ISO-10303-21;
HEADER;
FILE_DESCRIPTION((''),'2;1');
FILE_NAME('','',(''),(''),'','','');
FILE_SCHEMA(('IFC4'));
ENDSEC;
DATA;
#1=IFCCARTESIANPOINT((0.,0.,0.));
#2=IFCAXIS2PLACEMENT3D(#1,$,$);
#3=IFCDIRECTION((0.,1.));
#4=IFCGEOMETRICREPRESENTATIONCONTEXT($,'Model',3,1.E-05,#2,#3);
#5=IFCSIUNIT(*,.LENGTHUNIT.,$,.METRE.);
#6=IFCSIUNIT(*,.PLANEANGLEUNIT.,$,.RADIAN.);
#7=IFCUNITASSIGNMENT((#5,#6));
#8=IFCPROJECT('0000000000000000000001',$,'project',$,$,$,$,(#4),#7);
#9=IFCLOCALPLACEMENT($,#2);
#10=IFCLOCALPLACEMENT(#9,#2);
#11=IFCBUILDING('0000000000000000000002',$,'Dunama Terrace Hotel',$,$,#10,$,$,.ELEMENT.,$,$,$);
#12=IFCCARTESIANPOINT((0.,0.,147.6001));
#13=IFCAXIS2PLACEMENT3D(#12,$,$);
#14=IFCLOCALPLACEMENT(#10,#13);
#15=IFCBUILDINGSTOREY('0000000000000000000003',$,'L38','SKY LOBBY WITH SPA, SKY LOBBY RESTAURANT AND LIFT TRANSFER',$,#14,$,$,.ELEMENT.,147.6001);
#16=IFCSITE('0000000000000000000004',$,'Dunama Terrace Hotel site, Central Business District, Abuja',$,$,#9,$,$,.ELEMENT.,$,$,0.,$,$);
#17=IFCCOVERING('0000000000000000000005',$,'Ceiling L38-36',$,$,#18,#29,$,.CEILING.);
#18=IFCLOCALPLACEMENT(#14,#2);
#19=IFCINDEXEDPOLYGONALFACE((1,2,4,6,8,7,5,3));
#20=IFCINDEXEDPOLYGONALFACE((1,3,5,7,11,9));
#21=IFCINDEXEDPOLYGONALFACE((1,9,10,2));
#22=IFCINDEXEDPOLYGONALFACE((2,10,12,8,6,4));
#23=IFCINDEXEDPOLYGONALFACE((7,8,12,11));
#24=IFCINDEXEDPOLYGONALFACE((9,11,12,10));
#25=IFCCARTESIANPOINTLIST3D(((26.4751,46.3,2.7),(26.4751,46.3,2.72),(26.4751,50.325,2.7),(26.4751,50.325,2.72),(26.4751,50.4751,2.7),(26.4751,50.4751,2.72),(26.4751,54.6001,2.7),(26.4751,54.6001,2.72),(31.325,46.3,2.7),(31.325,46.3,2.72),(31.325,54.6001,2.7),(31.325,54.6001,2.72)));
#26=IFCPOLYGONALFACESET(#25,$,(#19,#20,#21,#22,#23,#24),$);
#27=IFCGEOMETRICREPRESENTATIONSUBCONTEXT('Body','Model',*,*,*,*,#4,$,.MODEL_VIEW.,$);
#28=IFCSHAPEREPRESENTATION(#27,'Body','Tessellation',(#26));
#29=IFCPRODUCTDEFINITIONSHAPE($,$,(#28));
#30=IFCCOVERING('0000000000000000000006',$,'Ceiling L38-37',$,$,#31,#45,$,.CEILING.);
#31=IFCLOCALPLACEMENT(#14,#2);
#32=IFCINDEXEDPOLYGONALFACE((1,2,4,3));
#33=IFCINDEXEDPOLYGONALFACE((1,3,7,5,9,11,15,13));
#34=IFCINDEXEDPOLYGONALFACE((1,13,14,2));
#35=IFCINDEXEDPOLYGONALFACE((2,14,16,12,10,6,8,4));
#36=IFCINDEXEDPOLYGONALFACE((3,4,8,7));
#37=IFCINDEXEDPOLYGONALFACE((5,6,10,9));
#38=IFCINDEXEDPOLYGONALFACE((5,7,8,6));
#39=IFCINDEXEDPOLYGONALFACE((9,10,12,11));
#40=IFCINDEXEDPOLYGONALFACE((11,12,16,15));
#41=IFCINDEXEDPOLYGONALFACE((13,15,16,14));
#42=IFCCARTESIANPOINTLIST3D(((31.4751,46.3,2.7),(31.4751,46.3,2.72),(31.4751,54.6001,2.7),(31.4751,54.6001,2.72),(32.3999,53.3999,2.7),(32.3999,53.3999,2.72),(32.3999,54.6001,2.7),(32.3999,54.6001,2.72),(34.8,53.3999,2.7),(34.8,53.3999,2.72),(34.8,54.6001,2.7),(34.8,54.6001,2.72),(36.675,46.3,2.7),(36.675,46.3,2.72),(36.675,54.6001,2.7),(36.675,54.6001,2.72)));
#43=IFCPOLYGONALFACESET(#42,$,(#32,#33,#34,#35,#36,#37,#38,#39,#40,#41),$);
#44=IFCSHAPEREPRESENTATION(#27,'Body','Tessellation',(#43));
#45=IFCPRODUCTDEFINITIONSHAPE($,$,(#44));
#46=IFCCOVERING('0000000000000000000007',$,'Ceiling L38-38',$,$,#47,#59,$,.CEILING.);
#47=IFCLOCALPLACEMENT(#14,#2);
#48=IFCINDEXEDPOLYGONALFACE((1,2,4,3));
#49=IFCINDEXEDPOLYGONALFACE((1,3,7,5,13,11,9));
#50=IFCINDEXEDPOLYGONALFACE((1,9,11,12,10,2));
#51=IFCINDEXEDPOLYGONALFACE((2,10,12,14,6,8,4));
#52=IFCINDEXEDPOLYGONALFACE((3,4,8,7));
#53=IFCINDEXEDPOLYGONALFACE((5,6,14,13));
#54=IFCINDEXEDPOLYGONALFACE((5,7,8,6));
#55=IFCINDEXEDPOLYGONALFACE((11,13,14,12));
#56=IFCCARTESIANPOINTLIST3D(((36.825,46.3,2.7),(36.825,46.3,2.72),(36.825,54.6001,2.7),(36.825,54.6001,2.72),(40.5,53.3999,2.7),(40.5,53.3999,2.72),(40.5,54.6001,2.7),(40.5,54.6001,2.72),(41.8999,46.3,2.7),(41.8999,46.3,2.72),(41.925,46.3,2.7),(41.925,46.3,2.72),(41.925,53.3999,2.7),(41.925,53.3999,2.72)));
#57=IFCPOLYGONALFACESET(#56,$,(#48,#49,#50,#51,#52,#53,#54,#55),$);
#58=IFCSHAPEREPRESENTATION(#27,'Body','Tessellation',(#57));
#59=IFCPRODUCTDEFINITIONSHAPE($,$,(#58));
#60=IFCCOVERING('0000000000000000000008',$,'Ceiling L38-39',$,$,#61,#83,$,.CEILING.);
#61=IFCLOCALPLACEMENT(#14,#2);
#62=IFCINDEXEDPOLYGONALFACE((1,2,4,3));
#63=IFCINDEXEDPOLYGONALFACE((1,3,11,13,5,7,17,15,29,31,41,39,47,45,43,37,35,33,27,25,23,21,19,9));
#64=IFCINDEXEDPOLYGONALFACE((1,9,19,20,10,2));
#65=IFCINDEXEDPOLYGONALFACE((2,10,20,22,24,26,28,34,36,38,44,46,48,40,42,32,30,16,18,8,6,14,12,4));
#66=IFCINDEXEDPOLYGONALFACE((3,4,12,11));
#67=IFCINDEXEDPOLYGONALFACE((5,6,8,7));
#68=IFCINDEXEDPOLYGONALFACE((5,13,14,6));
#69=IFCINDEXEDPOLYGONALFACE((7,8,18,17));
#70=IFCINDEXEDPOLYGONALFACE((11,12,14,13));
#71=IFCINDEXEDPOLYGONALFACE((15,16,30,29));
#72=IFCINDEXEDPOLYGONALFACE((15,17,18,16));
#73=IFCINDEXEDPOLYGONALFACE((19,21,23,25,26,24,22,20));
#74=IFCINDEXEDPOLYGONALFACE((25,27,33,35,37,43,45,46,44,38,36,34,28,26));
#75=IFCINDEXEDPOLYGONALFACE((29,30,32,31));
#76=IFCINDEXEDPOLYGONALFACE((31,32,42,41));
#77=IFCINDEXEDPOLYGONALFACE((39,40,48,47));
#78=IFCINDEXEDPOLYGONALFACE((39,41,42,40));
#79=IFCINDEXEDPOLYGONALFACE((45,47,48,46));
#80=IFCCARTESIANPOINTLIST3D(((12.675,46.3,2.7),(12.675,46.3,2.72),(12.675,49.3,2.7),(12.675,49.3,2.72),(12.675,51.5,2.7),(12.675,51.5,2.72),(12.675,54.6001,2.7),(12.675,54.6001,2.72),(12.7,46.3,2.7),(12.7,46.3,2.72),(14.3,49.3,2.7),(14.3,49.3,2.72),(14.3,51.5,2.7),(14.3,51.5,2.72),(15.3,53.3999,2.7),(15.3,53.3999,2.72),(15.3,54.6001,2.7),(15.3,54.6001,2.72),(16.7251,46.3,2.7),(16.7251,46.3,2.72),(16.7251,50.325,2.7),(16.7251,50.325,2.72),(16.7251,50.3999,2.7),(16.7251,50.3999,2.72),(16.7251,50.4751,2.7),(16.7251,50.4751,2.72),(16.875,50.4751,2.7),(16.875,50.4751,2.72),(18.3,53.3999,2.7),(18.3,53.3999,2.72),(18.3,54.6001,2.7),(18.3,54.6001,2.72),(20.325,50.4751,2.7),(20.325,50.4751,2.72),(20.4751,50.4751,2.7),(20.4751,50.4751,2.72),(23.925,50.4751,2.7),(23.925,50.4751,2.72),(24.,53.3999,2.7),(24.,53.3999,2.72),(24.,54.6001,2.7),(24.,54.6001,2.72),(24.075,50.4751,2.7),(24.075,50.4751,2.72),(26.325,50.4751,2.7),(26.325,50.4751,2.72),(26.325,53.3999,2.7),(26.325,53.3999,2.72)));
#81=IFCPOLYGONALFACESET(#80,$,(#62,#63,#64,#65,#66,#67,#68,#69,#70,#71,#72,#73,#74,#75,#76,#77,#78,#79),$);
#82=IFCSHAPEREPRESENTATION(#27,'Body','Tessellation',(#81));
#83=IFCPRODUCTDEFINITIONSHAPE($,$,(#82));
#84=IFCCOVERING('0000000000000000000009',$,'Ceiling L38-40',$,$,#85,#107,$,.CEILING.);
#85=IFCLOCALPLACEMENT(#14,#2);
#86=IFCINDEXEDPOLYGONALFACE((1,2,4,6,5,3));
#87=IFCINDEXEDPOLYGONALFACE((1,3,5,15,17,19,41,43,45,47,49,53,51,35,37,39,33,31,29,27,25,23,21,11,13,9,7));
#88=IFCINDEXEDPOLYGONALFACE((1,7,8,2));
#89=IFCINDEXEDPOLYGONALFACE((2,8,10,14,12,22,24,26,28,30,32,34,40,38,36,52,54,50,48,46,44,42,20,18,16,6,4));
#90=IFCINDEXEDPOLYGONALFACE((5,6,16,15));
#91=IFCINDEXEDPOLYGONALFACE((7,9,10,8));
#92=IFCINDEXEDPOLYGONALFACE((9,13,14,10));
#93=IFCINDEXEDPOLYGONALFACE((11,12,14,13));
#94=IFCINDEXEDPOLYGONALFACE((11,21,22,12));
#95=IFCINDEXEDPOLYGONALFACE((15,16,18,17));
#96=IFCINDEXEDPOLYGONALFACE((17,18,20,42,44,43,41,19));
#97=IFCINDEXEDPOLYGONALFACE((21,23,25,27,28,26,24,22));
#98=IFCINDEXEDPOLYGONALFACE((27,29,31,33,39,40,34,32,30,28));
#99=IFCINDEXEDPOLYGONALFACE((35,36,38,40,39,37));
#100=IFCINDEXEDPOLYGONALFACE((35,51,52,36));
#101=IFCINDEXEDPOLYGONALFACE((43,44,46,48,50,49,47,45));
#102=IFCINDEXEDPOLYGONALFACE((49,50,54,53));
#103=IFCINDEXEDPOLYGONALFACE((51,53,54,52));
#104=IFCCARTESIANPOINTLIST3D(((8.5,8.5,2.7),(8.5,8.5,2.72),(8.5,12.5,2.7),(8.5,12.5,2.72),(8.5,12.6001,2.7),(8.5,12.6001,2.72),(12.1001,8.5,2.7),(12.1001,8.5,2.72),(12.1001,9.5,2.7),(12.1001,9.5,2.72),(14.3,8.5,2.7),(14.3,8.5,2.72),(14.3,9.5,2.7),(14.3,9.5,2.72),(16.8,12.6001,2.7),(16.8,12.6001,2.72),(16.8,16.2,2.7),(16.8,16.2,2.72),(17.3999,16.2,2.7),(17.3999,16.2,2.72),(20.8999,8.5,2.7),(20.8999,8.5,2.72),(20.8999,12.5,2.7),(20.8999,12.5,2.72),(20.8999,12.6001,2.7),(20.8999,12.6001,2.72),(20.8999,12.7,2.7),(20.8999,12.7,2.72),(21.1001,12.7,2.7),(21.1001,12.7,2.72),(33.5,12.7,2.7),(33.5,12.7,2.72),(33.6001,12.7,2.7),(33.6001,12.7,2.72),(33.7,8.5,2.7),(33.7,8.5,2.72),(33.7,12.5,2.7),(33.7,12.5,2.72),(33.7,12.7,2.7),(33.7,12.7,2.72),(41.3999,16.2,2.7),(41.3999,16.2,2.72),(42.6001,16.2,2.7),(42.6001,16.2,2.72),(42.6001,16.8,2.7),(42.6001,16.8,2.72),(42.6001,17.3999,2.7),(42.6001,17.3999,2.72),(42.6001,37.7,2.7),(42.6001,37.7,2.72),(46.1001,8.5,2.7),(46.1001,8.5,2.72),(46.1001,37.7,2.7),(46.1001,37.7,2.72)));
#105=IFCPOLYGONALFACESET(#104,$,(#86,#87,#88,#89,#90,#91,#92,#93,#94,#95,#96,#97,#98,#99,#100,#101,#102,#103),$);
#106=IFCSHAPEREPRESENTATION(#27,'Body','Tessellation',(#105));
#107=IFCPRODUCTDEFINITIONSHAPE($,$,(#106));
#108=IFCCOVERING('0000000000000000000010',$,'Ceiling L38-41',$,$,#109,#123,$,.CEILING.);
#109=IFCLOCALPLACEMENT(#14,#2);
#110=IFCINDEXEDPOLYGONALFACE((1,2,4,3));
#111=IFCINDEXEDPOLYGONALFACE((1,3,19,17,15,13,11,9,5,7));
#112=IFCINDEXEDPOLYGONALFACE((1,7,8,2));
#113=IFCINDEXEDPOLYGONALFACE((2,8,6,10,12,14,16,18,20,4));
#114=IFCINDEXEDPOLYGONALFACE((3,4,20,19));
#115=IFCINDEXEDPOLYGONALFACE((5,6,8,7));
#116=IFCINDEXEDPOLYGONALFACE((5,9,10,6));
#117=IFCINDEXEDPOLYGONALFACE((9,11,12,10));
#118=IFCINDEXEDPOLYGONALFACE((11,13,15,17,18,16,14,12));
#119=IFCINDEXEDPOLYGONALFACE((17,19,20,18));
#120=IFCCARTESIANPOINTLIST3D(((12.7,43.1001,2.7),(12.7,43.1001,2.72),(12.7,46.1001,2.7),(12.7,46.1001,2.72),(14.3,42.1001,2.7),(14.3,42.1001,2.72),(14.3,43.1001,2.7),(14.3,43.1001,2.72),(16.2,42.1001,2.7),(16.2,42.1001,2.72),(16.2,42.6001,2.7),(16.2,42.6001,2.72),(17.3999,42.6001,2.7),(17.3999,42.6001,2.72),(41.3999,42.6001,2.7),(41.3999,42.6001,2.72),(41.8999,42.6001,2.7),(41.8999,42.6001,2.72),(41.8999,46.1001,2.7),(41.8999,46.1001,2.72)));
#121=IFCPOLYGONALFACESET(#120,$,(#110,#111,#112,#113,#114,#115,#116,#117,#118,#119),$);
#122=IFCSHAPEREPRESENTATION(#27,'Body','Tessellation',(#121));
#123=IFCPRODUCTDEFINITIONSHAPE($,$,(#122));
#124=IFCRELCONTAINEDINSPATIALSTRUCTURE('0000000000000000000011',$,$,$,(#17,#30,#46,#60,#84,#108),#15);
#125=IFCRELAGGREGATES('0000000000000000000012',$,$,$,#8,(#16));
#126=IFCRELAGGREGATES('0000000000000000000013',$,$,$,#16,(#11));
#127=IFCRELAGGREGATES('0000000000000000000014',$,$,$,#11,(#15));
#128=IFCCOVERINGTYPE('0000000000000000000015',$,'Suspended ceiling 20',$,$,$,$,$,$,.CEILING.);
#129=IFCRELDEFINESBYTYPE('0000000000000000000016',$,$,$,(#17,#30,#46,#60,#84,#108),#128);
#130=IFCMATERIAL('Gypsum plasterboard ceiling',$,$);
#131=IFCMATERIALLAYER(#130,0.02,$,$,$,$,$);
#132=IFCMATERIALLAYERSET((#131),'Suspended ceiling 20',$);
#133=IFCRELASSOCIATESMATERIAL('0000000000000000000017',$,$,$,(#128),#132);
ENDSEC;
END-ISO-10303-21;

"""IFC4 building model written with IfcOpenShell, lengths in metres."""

from ifc_helpers import new_model, si_unit, direction, frame, origin, place, context, subcontext, project, spatial, polyline, outline, extrude, material, layer, layer_set, type_object, element, save


model = new_model("IFC4")

# Units and contexts
model_context = context("Model", 3, precision=1e-05, world=origin(), true_north=direction((0.0, 1.0)))
body_context = subcontext(model_context, "Body", "Model", "MODEL_VIEW")
ifc_project = project(units=[si_unit("LENGTHUNIT", "METRE"), si_unit("PLANEANGLEUNIT", "RADIAN")], contexts=[model_context])

# Site, building, storey
site_placement = place(None, origin())
site = spatial("IfcSite", under=ifc_project, at=site_placement, Name="Dunama Terrace Hotel site, Central Business District, Abuja", CompositionType="ELEMENT", RefElevation=0.0)
building_placement = place(site_placement, origin())
building = spatial("IfcBuilding", under=site, at=building_placement, Name="Dunama Terrace Hotel", CompositionType="ELEMENT")
storey_placement = place(building_placement, frame((0.0, 0.0, 147.6001)))
storey = spatial("IfcBuildingStorey", under=building, at=storey_placement, Name="L38", Description="SKY LOBBY WITH SPA, SKY LOBBY RESTAURANT AND LIFT TRANSFER", CompositionType="ELEMENT", Elevation=147.6001)

# Coverings
ifc_material_1 = material(Name="Gypsum plasterboard ceiling")
ifc_layer_1 = layer(ifc_material_1, 0.02)
ifc_layer_set_1 = layer_set([ifc_layer_1], Name="Suspended ceiling 20")
covering_type_1 = type_object("IfcCoveringType", Name="Suspended ceiling 20", PredefinedType="CEILING", material=ifc_layer_set_1)
covering_1_placement = place(storey_placement, frame((0.0, 0.0, 2.7)))
element("IfcCovering", 1, at=covering_1_placement, inside=storey, type_object=covering_type_1, Name="Ceiling L38-36", PredefinedType="CEILING", context=body_context, shape_type="SweptSolid", body=[
    extrude(outline(polyline([(31.325, 46.3), (31.325, 54.6001), (26.4751, 54.6001), (26.4751, 50.4751), (26.4751, 50.325), (26.4751, 46.3), (31.325, 46.3)])), origin(), (0.0, 0.0, 1.0), 0.02),
])
covering_2_placement = place(storey_placement, frame((0.0, 0.0, 2.7)))
element("IfcCovering", 2, at=covering_2_placement, inside=storey, type_object=covering_type_1, Name="Ceiling L38-37", PredefinedType="CEILING", context=body_context, shape_type="SweptSolid", body=[
    extrude(outline(polyline([(32.3999, 53.3999), (32.3999, 54.6001), (31.4751, 54.6001), (31.4751, 46.3), (36.675, 46.3), (36.675, 54.6001), (34.8, 54.6001), (34.8, 53.3999), (32.3999, 53.3999)])), origin(), (0.0, 0.0, 1.0), 0.02),
])
covering_3_placement = place(storey_placement, frame((0.0, 0.0, 2.7)))
element("IfcCovering", 3, at=covering_3_placement, inside=storey, type_object=covering_type_1, Name="Ceiling L38-38", PredefinedType="CEILING", context=body_context, shape_type="SweptSolid", body=[
    extrude(outline(polyline([(40.5, 53.3999), (40.5, 54.6001), (36.825, 54.6001), (36.825, 46.3), (41.8999, 46.3), (41.925, 46.3), (41.925, 53.3999), (40.5, 53.3999)])), origin(), (0.0, 0.0, 1.0), 0.02),
])
covering_4_placement = place(storey_placement, frame((0.0, 0.0, 2.7)))
element("IfcCovering", 4, at=covering_4_placement, inside=storey, type_object=covering_type_1, Name="Ceiling L38-39", PredefinedType="CEILING", context=body_context, shape_type="SweptSolid", body=[
    extrude(outline(polyline([(15.3, 53.3999), (15.3, 54.6001), (12.675, 54.6001), (12.675, 51.5), (14.3, 51.5), (14.3, 49.3), (12.675, 49.3), (12.675, 46.3), (12.7, 46.3), (16.7251, 46.3), (16.7251, 50.325), (16.7251, 50.3999), (16.7251, 50.4751), (16.875, 50.4751), (20.325, 50.4751), (20.4751, 50.4751), (23.925, 50.4751), (24.075, 50.4751), (26.325, 50.4751), (26.325, 53.3999), (24.0, 53.3999), (24.0, 54.6001), (18.3, 54.6001), (18.3, 53.3999), (15.3, 53.3999)])), origin(), (0.0, 0.0, 1.0), 0.02),
])
covering_5_placement = place(storey_placement, frame((0.0, 0.0, 2.7)))
element("IfcCovering", 5, at=covering_5_placement, inside=storey, type_object=covering_type_1, Name="Ceiling L38-40", PredefinedType="CEILING", context=body_context, shape_type="SweptSolid", body=[
    extrude(outline(polyline([(16.8, 16.2), (16.8, 12.6001), (8.5, 12.6001), (8.5, 12.5), (8.5, 8.5), (12.1001, 8.5), (12.1001, 9.5), (14.3, 9.5), (14.3, 8.5), (20.8999, 8.5), (20.8999, 12.5), (20.8999, 12.6001), (20.8999, 12.7), (21.1001, 12.7), (33.5, 12.7), (33.6001, 12.7), (33.7, 12.7), (33.7, 12.5), (33.7, 8.5), (46.1001, 8.5), (46.1001, 37.7), (42.6001, 37.7), (42.6001, 17.3999), (42.6001, 16.8), (42.6001, 16.2), (41.3999, 16.2), (17.3999, 16.2), (16.8, 16.2)])), origin(), (0.0, 0.0, 1.0), 0.02),
])
covering_6_placement = place(storey_placement, frame((0.0, 0.0, 2.7)))
element("IfcCovering", 6, at=covering_6_placement, inside=storey, type_object=covering_type_1, Name="Ceiling L38-41", PredefinedType="CEILING", context=body_context, shape_type="SweptSolid", body=[
    extrude(outline(polyline([(41.8999, 46.1001), (12.7, 46.1001), (12.7, 43.1001), (14.3, 43.1001), (14.3, 42.1001), (16.2, 42.1001), (16.2, 42.6001), (17.3999, 42.6001), (41.3999, 42.6001), (41.8999, 42.6001), (41.8999, 46.1001)])), origin(), (0.0, 0.0, 1.0), 0.02),
])

save(model, "model.ifc")
